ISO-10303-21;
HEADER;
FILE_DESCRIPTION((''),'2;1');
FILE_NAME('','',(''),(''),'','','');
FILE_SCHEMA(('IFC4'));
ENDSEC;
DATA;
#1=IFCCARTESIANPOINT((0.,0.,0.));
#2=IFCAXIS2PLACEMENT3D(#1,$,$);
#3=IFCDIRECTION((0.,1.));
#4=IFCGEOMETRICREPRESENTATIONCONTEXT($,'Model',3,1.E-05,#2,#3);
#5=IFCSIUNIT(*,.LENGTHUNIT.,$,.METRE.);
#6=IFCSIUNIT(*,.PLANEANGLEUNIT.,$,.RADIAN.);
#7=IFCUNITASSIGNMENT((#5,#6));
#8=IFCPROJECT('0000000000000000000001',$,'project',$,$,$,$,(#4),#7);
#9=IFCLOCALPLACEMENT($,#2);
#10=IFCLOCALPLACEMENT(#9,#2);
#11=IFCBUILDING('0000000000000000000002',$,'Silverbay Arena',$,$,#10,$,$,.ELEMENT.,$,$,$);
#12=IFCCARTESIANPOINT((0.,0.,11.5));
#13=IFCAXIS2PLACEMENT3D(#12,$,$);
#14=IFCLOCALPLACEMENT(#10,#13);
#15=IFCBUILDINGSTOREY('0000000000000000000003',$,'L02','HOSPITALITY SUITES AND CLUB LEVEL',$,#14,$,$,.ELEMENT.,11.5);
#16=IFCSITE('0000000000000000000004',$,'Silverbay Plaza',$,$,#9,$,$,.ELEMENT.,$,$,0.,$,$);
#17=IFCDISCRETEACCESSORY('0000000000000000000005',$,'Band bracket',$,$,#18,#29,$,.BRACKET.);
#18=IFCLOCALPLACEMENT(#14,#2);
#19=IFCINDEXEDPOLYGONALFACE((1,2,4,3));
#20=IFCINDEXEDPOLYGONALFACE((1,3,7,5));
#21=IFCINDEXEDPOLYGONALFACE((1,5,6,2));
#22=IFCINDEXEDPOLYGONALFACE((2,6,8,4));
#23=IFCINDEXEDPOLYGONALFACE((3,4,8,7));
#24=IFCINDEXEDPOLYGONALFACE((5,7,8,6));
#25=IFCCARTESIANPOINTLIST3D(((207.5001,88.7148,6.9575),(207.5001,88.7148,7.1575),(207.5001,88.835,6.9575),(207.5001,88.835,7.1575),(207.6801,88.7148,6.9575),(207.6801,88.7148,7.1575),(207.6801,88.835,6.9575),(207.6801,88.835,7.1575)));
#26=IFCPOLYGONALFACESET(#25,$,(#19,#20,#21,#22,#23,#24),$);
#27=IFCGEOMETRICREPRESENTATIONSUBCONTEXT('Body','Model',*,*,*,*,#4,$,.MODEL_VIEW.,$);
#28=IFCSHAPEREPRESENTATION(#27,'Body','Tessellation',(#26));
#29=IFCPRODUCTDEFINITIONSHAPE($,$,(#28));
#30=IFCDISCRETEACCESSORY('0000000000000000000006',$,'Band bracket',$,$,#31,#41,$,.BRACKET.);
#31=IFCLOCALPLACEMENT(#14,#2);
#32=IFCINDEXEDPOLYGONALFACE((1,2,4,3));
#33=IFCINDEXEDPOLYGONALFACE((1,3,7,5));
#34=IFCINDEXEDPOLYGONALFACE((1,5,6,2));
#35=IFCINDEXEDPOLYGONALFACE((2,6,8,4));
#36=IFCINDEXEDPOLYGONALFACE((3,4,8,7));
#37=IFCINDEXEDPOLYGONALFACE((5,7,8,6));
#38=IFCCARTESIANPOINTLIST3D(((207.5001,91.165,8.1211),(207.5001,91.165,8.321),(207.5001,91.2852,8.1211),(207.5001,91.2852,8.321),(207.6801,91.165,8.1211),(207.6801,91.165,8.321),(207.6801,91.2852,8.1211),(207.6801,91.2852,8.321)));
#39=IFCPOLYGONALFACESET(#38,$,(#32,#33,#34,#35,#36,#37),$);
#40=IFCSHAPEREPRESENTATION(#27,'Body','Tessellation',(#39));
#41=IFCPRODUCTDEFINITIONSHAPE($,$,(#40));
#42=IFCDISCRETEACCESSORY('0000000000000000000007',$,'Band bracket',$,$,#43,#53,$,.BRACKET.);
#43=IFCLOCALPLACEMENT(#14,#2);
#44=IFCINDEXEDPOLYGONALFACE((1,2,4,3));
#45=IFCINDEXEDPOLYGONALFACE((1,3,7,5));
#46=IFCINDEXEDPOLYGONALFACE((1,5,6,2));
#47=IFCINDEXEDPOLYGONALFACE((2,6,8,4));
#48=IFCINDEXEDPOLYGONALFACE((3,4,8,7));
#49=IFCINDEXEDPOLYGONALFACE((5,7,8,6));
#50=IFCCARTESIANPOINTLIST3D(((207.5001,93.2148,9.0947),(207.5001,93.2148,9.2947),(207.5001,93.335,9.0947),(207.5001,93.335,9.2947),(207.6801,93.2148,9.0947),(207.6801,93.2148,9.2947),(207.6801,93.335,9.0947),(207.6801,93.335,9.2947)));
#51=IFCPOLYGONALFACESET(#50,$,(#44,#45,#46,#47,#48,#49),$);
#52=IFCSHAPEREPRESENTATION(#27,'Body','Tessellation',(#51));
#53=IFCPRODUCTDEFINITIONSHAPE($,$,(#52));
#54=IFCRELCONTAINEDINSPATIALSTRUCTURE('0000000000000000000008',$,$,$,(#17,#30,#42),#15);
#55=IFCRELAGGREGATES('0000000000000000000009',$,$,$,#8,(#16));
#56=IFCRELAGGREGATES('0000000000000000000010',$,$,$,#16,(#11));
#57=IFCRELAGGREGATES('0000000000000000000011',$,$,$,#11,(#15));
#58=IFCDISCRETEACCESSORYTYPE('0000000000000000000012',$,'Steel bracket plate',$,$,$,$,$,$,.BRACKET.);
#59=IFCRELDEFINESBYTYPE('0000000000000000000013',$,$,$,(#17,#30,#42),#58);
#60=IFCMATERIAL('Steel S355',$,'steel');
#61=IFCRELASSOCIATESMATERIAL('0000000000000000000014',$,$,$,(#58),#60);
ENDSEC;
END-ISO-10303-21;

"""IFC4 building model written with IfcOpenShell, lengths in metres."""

from ifc_helpers import new_model, si_unit, direction, frame, origin, origin_2d, place, context, subcontext, project, spatial, rectangle, extrude, material, type_object, element, save


model = new_model("IFC4")

# Units and contexts
model_context = context("Model", 3, precision=1e-05, world=origin(), true_north=direction((0.0, 1.0)))
body_context = subcontext(model_context, "Body", "Model", "MODEL_VIEW")
ifc_project = project(units=[si_unit("LENGTHUNIT", "METRE"), si_unit("PLANEANGLEUNIT", "RADIAN")], contexts=[model_context])

# Site, building, storey
site_placement = place(None, origin())
site = spatial("IfcSite", under=ifc_project, at=site_placement, Name="Silverbay Plaza", CompositionType="ELEMENT", RefElevation=0.0)
building_placement = place(site_placement, origin())
building = spatial("IfcBuilding", under=site, at=building_placement, Name="Silverbay Arena", CompositionType="ELEMENT")
storey_placement = place(building_placement, frame((0.0, 0.0, 11.5)))
storey = spatial("IfcBuildingStorey", under=building, at=storey_placement, Name="L02", Description="HOSPITALITY SUITES AND CLUB LEVEL", CompositionType="ELEMENT", Elevation=11.5)

# Discrete accessories
ifc_material_1 = material(Name="Steel S355", Category="steel")
discrete_accessory_type = type_object("IfcDiscreteAccessoryType", Name="Steel bracket plate", PredefinedType="BRACKET", material=ifc_material_1)
for number, where, z_axis, x_axis, name in (
    (1, (207.5901, 88.7749, 6.9575), (0.0, 0.0, 1.0), (1.0, 0.0, 0.0), "Band bracket"),
    (2, (207.5901, 91.2251, 8.1211), (0.0, 0.0, 1.0), (1.0, 0.0, 0.0), "Band bracket"),
    (3, (207.5901, 93.2749, 9.0947), (0.0, 0.0, 1.0), (1.0, 0.0, 0.0), "Band bracket"),
):
    element("IfcDiscreteAccessory", number, at=place(storey_placement, frame(where, z_axis=z_axis, x_axis=x_axis)), inside=storey, type_object=discrete_accessory_type, Name=name, PredefinedType="BRACKET", context=body_context, shape_type="SweptSolid", body=[
        extrude(rectangle(XDim=0.1799, YDim=0.1201, at=origin_2d()), origin(), (0.0, 0.0, 1.0), 0.2),
    ])

save(model, "model.ifc")
